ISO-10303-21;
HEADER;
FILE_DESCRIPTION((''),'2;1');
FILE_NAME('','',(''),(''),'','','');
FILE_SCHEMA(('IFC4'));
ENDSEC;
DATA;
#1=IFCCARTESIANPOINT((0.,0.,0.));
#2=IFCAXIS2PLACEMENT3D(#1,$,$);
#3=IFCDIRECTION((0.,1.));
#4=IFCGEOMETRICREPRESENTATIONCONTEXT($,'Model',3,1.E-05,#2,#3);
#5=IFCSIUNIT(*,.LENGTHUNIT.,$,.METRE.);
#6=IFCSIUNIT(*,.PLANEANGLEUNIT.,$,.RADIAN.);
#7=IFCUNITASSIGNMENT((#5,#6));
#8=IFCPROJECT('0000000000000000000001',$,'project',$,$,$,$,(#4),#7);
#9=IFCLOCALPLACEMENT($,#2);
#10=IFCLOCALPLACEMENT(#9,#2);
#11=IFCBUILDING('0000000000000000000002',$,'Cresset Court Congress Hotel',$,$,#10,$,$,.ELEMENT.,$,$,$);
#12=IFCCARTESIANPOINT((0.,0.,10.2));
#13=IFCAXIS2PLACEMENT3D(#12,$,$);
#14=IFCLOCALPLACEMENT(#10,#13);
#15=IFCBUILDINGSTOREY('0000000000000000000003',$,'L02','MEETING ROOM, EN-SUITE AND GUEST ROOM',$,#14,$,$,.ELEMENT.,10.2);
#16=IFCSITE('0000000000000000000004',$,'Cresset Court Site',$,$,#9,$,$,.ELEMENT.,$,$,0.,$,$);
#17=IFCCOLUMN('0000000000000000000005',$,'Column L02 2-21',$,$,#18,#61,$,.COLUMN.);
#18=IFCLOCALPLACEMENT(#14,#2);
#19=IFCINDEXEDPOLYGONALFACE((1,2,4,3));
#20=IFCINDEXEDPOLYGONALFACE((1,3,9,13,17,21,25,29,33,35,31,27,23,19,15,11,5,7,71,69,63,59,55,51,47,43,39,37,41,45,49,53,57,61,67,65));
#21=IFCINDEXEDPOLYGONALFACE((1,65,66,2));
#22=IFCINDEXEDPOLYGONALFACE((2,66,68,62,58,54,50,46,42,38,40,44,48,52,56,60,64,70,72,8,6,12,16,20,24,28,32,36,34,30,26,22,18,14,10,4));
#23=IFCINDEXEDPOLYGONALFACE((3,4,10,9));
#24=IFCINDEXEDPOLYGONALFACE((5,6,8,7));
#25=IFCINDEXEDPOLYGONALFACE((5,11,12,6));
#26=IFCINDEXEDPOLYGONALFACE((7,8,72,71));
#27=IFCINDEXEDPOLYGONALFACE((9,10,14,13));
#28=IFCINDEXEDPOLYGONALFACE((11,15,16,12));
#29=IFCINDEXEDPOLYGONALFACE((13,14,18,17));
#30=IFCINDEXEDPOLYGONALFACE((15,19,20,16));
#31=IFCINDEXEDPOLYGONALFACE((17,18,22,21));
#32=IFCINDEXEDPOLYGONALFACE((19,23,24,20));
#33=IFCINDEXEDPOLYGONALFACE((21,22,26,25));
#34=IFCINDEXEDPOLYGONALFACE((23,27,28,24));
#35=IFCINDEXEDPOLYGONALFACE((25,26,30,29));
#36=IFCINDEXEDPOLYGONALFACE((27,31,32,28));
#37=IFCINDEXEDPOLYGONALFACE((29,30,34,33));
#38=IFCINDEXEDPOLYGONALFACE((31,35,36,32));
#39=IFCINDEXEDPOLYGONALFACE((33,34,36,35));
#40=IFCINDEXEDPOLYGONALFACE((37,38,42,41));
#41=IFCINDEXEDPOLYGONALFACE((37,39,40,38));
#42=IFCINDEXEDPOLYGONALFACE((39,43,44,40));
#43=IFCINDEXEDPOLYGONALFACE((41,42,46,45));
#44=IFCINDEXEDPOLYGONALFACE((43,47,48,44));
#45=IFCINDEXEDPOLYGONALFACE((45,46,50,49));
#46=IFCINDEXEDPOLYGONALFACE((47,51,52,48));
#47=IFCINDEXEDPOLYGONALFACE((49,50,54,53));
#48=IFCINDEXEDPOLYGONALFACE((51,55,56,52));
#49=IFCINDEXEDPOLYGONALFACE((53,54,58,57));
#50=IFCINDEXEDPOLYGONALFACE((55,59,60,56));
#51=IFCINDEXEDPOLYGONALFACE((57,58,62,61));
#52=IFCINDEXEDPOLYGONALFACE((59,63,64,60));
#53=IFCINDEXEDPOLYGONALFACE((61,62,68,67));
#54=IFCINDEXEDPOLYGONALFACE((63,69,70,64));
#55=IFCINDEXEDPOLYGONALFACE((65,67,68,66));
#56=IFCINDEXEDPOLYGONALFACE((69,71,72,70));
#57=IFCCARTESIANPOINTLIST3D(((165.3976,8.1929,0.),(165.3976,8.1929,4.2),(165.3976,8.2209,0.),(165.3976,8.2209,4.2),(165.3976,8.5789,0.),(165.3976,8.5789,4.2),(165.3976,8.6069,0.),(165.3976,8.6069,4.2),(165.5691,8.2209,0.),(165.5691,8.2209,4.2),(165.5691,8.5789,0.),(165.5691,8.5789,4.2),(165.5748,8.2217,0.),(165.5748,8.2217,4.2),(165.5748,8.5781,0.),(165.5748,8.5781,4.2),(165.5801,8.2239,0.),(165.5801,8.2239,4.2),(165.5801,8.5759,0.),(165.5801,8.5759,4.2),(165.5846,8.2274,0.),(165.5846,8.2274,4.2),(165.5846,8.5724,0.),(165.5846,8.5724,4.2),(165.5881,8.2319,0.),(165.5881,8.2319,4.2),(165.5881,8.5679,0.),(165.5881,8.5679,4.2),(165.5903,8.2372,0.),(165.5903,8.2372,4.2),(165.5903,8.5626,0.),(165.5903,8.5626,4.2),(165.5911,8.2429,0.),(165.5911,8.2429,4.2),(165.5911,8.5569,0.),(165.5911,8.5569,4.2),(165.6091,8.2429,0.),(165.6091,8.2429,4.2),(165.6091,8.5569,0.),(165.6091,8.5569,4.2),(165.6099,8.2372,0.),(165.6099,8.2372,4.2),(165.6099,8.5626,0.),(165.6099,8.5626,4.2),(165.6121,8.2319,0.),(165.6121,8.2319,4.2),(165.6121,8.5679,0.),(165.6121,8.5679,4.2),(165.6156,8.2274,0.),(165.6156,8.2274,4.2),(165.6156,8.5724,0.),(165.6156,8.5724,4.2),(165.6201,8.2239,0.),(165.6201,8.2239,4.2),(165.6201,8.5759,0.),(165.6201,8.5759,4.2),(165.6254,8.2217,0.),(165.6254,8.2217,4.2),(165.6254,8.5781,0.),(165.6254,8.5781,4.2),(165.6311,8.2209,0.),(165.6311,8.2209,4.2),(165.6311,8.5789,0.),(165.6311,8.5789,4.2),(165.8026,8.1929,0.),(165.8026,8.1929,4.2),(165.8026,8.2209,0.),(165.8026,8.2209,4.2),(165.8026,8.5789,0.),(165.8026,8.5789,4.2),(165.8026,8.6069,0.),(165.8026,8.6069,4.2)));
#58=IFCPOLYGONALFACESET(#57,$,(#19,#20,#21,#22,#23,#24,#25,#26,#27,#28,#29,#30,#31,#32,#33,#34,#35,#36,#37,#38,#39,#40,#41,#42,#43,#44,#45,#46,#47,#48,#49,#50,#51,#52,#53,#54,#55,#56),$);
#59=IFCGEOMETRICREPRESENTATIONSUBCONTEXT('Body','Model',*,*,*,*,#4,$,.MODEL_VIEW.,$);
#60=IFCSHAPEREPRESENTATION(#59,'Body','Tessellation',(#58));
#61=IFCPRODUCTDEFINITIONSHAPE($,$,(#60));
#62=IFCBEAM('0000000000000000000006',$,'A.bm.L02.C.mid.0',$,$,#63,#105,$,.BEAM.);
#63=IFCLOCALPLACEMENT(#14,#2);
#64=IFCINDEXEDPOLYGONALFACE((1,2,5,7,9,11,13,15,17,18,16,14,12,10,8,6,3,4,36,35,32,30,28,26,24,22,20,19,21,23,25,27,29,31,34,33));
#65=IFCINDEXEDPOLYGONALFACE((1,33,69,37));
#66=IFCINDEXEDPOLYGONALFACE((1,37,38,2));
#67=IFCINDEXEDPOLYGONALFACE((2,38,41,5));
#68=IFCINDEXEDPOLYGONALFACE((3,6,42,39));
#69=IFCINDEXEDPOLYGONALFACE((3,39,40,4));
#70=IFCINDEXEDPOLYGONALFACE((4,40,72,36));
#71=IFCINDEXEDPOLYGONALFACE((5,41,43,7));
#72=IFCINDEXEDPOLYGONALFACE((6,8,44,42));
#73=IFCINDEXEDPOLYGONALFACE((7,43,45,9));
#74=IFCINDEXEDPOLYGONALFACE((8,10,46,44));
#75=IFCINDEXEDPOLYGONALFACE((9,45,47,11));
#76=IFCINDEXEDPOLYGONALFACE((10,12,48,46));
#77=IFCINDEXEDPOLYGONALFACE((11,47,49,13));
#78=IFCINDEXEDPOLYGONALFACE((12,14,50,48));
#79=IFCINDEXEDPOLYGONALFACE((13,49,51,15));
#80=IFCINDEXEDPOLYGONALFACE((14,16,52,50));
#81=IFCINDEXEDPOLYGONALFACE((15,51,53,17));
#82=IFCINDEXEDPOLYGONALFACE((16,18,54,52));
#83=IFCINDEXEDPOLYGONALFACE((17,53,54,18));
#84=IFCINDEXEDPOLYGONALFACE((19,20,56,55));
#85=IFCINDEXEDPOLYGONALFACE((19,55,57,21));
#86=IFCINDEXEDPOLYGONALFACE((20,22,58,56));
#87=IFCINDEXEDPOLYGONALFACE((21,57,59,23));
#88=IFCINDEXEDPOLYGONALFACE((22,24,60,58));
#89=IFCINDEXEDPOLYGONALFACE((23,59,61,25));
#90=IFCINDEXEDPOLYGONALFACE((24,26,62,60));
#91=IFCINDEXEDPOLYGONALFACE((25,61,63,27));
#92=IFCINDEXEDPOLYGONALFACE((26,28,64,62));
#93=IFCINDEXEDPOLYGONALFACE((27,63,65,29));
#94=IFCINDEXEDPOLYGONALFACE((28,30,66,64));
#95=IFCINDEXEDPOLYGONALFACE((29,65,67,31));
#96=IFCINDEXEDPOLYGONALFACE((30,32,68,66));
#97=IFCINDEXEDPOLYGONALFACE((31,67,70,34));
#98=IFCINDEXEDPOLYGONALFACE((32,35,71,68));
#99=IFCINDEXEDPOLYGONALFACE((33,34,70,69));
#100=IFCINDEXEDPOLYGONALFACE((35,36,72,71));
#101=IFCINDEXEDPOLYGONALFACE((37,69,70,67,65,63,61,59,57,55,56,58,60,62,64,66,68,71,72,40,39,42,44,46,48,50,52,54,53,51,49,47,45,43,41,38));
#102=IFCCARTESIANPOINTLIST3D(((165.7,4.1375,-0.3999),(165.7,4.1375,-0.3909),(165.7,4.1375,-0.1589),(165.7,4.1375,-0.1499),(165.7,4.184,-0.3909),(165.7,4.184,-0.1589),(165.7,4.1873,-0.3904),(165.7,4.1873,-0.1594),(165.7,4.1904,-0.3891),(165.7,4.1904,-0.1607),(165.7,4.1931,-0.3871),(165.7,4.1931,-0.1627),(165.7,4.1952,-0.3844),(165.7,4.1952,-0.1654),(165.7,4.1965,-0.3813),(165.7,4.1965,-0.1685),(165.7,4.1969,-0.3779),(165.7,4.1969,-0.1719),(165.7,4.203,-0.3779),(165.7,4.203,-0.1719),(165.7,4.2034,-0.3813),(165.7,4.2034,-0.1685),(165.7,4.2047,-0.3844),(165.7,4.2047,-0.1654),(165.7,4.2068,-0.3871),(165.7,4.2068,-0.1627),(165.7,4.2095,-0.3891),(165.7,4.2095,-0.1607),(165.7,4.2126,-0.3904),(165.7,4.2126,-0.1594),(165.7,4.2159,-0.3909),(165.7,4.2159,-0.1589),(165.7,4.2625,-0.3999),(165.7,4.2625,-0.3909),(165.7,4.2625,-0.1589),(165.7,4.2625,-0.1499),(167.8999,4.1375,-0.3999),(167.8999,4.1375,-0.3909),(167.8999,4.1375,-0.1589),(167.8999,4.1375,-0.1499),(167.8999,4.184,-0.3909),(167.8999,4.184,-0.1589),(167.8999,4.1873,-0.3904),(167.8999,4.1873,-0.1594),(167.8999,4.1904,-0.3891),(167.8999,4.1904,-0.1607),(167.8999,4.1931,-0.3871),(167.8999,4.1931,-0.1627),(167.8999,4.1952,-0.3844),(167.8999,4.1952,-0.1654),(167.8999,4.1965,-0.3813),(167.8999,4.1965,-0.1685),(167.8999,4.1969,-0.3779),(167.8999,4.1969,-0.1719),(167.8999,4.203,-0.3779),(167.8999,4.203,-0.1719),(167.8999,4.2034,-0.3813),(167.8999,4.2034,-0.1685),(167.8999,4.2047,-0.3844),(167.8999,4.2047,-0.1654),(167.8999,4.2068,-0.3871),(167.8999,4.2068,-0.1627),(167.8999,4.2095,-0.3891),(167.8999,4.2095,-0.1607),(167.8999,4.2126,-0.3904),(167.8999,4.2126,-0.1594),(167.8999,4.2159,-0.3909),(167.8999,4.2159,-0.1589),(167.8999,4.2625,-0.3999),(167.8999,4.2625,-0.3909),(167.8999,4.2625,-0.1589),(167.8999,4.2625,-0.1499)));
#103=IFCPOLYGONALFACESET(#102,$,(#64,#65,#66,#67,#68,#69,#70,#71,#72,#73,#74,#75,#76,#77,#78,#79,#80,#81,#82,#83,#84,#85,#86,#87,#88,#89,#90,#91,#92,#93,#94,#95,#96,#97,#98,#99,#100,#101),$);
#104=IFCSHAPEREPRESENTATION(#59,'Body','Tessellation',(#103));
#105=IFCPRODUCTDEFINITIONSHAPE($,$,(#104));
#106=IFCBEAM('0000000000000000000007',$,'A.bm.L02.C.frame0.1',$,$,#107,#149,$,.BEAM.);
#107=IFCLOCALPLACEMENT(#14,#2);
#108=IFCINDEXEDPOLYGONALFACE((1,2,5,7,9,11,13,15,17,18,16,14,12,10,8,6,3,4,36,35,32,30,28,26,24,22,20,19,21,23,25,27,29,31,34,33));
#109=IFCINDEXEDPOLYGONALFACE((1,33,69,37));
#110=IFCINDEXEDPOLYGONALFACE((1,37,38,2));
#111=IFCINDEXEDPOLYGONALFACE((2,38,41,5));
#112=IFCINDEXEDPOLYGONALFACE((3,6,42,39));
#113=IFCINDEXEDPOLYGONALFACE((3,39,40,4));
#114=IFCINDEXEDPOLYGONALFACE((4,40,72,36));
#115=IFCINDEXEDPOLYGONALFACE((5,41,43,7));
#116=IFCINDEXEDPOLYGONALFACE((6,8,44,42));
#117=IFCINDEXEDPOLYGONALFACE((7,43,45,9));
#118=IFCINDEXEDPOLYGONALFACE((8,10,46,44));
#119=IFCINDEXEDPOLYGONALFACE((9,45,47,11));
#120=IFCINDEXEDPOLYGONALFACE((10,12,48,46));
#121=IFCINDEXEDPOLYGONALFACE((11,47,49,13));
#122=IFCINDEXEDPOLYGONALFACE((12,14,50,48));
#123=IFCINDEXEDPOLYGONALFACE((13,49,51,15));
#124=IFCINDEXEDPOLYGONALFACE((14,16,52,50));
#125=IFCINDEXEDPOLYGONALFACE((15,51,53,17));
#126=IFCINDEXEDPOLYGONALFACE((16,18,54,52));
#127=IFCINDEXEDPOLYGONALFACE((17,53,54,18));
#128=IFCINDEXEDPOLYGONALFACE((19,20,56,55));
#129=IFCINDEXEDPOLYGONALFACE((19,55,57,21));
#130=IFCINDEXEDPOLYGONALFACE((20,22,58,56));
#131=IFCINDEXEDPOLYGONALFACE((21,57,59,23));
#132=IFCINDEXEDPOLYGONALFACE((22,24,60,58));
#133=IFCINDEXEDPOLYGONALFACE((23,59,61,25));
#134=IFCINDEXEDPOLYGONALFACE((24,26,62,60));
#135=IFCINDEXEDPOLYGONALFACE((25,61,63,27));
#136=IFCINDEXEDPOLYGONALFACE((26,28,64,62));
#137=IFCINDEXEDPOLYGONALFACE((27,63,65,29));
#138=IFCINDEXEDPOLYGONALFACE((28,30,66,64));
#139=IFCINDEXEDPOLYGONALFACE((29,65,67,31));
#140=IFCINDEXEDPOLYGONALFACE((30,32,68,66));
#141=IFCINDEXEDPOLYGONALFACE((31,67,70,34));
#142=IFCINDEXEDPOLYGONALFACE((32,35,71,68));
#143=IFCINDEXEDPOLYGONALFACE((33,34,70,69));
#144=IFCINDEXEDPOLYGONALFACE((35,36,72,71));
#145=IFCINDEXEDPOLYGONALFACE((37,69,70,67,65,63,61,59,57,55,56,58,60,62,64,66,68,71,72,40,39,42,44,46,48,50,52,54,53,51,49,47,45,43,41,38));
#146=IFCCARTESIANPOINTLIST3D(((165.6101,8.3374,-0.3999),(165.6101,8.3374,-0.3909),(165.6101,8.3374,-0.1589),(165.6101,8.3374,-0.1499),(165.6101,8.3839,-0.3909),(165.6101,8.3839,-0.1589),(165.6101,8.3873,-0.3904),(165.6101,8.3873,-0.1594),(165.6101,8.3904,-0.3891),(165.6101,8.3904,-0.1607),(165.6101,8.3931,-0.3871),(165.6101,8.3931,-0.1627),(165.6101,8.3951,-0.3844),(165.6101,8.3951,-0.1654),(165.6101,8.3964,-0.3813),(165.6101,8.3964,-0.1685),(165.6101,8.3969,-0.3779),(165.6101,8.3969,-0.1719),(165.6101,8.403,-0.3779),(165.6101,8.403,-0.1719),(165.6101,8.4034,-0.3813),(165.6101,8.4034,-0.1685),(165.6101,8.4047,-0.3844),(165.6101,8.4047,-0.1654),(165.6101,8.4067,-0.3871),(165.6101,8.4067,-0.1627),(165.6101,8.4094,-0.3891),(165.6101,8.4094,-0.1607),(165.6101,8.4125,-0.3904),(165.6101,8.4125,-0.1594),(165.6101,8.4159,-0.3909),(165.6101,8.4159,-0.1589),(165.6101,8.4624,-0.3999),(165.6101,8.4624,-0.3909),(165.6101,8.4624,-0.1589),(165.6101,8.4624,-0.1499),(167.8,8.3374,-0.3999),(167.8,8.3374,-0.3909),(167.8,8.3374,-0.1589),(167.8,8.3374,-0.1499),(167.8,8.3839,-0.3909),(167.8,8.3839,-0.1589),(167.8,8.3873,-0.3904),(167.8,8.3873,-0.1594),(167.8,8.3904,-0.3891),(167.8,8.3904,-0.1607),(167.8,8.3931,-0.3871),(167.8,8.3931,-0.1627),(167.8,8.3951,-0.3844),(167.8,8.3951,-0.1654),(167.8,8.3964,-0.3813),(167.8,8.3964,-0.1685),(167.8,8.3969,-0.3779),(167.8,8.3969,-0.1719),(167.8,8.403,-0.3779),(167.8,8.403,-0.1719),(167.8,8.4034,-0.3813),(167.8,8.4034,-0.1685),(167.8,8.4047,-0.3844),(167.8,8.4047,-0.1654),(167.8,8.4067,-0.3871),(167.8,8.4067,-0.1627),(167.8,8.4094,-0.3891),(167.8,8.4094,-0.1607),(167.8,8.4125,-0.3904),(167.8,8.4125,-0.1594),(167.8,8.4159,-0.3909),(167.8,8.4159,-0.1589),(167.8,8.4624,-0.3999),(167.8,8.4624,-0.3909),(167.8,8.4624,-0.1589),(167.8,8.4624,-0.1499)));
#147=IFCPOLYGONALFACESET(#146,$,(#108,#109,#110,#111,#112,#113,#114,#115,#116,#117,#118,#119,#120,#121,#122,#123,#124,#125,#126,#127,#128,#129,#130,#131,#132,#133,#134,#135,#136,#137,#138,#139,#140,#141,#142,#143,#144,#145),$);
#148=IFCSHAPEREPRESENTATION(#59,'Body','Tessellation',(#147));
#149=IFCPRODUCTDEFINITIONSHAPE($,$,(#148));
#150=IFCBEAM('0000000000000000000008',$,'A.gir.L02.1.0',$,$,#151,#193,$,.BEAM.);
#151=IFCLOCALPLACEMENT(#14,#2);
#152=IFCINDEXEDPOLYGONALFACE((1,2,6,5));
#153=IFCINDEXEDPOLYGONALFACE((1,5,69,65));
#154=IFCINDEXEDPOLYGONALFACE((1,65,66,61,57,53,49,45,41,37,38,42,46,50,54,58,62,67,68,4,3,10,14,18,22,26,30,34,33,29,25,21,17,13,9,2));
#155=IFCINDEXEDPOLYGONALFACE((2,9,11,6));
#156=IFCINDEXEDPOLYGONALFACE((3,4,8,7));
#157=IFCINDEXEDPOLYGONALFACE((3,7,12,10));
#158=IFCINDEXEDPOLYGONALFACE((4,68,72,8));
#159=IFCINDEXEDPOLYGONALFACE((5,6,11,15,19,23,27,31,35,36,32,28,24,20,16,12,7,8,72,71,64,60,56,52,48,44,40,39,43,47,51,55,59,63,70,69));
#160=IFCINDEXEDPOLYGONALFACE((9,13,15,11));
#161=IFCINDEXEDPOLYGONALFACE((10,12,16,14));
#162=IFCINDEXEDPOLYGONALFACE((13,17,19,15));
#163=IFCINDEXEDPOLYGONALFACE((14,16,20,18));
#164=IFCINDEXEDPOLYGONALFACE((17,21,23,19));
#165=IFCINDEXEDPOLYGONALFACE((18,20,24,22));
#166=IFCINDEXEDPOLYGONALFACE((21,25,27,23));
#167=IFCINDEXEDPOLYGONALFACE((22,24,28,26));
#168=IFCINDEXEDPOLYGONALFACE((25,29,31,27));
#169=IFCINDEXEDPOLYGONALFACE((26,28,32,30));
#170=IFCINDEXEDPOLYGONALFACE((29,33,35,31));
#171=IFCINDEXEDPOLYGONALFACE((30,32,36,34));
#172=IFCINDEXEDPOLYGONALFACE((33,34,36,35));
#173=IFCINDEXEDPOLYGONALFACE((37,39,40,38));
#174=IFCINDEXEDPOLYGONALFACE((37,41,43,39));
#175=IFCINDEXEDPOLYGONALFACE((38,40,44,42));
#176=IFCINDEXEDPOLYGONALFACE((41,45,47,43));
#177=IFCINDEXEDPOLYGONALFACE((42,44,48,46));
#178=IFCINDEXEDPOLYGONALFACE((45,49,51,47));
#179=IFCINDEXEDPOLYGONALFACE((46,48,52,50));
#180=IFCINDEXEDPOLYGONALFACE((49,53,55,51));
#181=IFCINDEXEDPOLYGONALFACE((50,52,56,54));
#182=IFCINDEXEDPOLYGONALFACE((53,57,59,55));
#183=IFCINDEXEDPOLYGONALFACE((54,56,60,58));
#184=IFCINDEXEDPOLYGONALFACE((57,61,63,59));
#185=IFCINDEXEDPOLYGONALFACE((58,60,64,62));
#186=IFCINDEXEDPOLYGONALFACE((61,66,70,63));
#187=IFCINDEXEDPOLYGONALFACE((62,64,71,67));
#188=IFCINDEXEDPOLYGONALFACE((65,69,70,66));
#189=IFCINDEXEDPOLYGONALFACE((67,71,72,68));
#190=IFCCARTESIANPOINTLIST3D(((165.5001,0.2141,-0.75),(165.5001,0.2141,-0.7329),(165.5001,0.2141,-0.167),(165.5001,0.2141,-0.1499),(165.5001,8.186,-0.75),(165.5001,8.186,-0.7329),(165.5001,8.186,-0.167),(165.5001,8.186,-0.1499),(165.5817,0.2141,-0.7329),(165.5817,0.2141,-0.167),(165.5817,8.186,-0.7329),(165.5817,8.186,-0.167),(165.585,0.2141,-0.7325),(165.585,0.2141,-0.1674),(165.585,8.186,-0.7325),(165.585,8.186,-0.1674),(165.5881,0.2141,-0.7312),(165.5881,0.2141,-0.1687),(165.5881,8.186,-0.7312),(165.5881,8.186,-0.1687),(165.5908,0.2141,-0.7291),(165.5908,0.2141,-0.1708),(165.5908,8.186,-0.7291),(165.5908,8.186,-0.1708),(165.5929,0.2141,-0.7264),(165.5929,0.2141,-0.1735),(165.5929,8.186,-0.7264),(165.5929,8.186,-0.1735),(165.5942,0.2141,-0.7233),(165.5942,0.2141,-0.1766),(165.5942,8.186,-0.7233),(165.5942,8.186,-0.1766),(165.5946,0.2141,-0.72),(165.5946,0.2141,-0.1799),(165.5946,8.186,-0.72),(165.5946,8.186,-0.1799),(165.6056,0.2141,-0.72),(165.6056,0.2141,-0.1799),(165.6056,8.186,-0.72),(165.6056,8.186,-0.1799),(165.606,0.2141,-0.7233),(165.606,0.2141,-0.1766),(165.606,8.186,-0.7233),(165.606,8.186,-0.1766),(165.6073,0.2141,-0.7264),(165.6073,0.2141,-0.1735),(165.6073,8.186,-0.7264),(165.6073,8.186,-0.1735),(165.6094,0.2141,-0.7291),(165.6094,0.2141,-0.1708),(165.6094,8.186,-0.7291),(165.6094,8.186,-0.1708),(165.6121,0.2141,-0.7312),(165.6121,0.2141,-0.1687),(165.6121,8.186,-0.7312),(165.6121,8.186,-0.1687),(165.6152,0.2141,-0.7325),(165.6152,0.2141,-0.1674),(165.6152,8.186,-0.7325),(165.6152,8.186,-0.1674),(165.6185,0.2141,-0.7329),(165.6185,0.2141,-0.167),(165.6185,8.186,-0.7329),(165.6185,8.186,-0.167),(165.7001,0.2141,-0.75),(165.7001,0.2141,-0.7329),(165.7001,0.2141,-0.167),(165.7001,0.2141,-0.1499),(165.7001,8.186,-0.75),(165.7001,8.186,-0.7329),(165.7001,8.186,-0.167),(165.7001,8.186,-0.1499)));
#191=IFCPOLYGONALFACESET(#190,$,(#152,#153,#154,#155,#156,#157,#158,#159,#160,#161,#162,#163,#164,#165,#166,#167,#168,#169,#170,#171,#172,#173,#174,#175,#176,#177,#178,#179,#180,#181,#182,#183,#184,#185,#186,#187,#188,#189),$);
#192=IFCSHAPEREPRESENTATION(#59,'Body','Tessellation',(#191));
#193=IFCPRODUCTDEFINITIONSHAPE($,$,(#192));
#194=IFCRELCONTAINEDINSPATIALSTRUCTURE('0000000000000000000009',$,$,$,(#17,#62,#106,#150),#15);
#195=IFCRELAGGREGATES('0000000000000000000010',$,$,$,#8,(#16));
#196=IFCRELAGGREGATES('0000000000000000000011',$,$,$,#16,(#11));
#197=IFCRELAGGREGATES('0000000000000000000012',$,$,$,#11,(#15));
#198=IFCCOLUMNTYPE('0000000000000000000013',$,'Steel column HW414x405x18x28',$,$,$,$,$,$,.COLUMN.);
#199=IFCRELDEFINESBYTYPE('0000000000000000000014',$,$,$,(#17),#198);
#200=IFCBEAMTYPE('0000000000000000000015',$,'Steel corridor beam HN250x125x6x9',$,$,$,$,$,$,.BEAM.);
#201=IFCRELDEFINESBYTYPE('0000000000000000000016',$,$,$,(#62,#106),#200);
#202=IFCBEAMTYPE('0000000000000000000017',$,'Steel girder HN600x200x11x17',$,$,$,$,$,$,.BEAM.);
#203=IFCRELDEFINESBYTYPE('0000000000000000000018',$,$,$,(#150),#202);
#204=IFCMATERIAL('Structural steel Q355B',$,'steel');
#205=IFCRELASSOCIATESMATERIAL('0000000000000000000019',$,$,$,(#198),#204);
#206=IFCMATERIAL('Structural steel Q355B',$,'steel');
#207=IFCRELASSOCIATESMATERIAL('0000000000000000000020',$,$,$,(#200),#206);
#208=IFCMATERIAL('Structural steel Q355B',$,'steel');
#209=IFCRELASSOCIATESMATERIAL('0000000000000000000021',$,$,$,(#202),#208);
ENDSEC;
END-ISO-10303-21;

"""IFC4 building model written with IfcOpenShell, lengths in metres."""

from ifc_helpers import new_model, si_unit, direction, frame, origin, origin_2d, place, context, subcontext, project, spatial, i_section, extrude, material, material_profile, profile_set, type_object, element, save


model = new_model("IFC4")

# Units and contexts
model_context = context("Model", 3, precision=1e-05, world=origin(), true_north=direction((0.0, 1.0)))
body_context = subcontext(model_context, "Body", "Model", "MODEL_VIEW")
ifc_project = project(units=[si_unit("LENGTHUNIT", "METRE"), si_unit("PLANEANGLEUNIT", "RADIAN")], contexts=[model_context])

# Site, building, storey
site_placement = place(None, origin())
site = spatial("IfcSite", under=ifc_project, at=site_placement, Name="Cresset Court Site", CompositionType="ELEMENT", RefElevation=0.0)
building_placement = place(site_placement, origin())
building = spatial("IfcBuilding", under=site, at=building_placement, Name="Cresset Court Congress Hotel", CompositionType="ELEMENT")
storey_placement = place(building_placement, frame((0.0, 0.0, 10.2)))
storey = spatial("IfcBuildingStorey", under=building, at=storey_placement, Name="L02", Description="MEETING ROOM, EN-SUITE AND GUEST ROOM", CompositionType="ELEMENT", Elevation=10.2)

# Column
ifc_material_1 = material(Name="Structural steel Q355B", Category="steel")
ifc_material_profile_1 = material_profile(ifc_material_1, i_section(OverallWidth=0.405, OverallDepth=0.4141, WebThickness=0.0181, FlangeThickness=0.0281, FilletRadius=0.022, at=origin_2d()), Name="HW414x405x18x28")
ifc_profile_set_1 = profile_set([ifc_material_profile_1], Name="Structural steel Q355B")
column_type = type_object("IfcColumnType", Name="Steel column HW414x405x18x28", PredefinedType="COLUMN", material=ifc_profile_set_1)
column_placement = place(storey_placement, frame((165.6001, 8.3999, 0.0), z_axis=(0.0, 0.0, 1.0), x_axis=(1.0, 0.0, 0.0)))
element("IfcColumn", 1, at=column_placement, inside=storey, type_object=column_type, Name="Column L02 2-21", PredefinedType="COLUMN", context=body_context, shape_type="SweptSolid", body=[
    extrude(i_section(OverallWidth=0.405, OverallDepth=0.4141, WebThickness=0.0181, FlangeThickness=0.0281, FilletRadius=0.022, at=origin_2d()), origin(), (0.0, 0.0, 1.0), 4.2),
])

# Beams
ifc_material_2 = material(Name="Structural steel Q355B", Category="steel")
ifc_material_profile_2 = material_profile(ifc_material_2, i_section(OverallWidth=0.125, OverallDepth=0.25, WebThickness=0.0061, FlangeThickness=0.009, FilletRadius=0.0129, at=origin_2d()), Name="HN250x125x6x9")
ifc_profile_set_2 = profile_set([ifc_material_profile_2], Name="Structural steel Q355B")
beam_type_1 = type_object("IfcBeamType", Name="Steel corridor beam HN250x125x6x9", PredefinedType="BEAM", material=ifc_profile_set_2)
beam_1_placement = place(storey_placement, frame((165.7, 4.2, -0.2749), z_axis=(1.0, 0.0, 0.0), x_axis=(0.0, 1.0, 0.0)))
element("IfcBeam", 2, at=beam_1_placement, inside=storey, type_object=beam_type_1, Name="A.bm.L02.C.mid.0", PredefinedType="BEAM", context=body_context, shape_type="SweptSolid", body=[
    extrude(i_section(OverallWidth=0.125, OverallDepth=0.25, WebThickness=0.0061, FlangeThickness=0.009, FilletRadius=0.0129, at=origin_2d()), origin(), (0.0, 0.0, 1.0), 2.2),
])
beam_2_placement = place(storey_placement, frame((165.6101, 8.3999, -0.2749), z_axis=(1.0, 0.0, 0.0), x_axis=(0.0, 1.0, 0.0)))
element("IfcBeam", 3, at=beam_2_placement, inside=storey, type_object=beam_type_1, Name="A.bm.L02.C.frame0.1", PredefinedType="BEAM", context=body_context, shape_type="SweptSolid", body=[
    extrude(i_section(OverallWidth=0.125, OverallDepth=0.25, WebThickness=0.0061, FlangeThickness=0.009, FilletRadius=0.0129, at=origin_2d()), origin(), (0.0, 0.0, 1.0), 2.1899),
])
ifc_material_3 = material(Name="Structural steel Q355B", Category="steel")
ifc_material_profile_3 = material_profile(ifc_material_3, i_section(OverallWidth=0.2, OverallDepth=0.6001, WebThickness=0.011, FlangeThickness=0.0171, FilletRadius=0.0129, at=origin_2d()), Name="HN600x200x11x17")
ifc_profile_set_3 = profile_set([ifc_material_profile_3], Name="Structural steel Q355B")
beam_type_2 = type_object("IfcBeamType", Name="Steel girder HN600x200x11x17", PredefinedType="BEAM", material=ifc_profile_set_3)
beam_3_placement = place(storey_placement, frame((165.6001, 0.2141, -0.45), z_axis=(0.0, 1.0, 0.0), x_axis=(-1.0, 0.0, 0.0)))
element("IfcBeam", 4, at=beam_3_placement, inside=storey, type_object=beam_type_2, Name="A.gir.L02.1.0", PredefinedType="BEAM", context=body_context, shape_type="SweptSolid", body=[
    extrude(i_section(OverallWidth=0.2, OverallDepth=0.6001, WebThickness=0.011, FlangeThickness=0.0171, FilletRadius=0.0129, at=origin_2d()), origin(), (0.0, 0.0, 1.0), 7.9719),
])

save(model, "model.ifc")
